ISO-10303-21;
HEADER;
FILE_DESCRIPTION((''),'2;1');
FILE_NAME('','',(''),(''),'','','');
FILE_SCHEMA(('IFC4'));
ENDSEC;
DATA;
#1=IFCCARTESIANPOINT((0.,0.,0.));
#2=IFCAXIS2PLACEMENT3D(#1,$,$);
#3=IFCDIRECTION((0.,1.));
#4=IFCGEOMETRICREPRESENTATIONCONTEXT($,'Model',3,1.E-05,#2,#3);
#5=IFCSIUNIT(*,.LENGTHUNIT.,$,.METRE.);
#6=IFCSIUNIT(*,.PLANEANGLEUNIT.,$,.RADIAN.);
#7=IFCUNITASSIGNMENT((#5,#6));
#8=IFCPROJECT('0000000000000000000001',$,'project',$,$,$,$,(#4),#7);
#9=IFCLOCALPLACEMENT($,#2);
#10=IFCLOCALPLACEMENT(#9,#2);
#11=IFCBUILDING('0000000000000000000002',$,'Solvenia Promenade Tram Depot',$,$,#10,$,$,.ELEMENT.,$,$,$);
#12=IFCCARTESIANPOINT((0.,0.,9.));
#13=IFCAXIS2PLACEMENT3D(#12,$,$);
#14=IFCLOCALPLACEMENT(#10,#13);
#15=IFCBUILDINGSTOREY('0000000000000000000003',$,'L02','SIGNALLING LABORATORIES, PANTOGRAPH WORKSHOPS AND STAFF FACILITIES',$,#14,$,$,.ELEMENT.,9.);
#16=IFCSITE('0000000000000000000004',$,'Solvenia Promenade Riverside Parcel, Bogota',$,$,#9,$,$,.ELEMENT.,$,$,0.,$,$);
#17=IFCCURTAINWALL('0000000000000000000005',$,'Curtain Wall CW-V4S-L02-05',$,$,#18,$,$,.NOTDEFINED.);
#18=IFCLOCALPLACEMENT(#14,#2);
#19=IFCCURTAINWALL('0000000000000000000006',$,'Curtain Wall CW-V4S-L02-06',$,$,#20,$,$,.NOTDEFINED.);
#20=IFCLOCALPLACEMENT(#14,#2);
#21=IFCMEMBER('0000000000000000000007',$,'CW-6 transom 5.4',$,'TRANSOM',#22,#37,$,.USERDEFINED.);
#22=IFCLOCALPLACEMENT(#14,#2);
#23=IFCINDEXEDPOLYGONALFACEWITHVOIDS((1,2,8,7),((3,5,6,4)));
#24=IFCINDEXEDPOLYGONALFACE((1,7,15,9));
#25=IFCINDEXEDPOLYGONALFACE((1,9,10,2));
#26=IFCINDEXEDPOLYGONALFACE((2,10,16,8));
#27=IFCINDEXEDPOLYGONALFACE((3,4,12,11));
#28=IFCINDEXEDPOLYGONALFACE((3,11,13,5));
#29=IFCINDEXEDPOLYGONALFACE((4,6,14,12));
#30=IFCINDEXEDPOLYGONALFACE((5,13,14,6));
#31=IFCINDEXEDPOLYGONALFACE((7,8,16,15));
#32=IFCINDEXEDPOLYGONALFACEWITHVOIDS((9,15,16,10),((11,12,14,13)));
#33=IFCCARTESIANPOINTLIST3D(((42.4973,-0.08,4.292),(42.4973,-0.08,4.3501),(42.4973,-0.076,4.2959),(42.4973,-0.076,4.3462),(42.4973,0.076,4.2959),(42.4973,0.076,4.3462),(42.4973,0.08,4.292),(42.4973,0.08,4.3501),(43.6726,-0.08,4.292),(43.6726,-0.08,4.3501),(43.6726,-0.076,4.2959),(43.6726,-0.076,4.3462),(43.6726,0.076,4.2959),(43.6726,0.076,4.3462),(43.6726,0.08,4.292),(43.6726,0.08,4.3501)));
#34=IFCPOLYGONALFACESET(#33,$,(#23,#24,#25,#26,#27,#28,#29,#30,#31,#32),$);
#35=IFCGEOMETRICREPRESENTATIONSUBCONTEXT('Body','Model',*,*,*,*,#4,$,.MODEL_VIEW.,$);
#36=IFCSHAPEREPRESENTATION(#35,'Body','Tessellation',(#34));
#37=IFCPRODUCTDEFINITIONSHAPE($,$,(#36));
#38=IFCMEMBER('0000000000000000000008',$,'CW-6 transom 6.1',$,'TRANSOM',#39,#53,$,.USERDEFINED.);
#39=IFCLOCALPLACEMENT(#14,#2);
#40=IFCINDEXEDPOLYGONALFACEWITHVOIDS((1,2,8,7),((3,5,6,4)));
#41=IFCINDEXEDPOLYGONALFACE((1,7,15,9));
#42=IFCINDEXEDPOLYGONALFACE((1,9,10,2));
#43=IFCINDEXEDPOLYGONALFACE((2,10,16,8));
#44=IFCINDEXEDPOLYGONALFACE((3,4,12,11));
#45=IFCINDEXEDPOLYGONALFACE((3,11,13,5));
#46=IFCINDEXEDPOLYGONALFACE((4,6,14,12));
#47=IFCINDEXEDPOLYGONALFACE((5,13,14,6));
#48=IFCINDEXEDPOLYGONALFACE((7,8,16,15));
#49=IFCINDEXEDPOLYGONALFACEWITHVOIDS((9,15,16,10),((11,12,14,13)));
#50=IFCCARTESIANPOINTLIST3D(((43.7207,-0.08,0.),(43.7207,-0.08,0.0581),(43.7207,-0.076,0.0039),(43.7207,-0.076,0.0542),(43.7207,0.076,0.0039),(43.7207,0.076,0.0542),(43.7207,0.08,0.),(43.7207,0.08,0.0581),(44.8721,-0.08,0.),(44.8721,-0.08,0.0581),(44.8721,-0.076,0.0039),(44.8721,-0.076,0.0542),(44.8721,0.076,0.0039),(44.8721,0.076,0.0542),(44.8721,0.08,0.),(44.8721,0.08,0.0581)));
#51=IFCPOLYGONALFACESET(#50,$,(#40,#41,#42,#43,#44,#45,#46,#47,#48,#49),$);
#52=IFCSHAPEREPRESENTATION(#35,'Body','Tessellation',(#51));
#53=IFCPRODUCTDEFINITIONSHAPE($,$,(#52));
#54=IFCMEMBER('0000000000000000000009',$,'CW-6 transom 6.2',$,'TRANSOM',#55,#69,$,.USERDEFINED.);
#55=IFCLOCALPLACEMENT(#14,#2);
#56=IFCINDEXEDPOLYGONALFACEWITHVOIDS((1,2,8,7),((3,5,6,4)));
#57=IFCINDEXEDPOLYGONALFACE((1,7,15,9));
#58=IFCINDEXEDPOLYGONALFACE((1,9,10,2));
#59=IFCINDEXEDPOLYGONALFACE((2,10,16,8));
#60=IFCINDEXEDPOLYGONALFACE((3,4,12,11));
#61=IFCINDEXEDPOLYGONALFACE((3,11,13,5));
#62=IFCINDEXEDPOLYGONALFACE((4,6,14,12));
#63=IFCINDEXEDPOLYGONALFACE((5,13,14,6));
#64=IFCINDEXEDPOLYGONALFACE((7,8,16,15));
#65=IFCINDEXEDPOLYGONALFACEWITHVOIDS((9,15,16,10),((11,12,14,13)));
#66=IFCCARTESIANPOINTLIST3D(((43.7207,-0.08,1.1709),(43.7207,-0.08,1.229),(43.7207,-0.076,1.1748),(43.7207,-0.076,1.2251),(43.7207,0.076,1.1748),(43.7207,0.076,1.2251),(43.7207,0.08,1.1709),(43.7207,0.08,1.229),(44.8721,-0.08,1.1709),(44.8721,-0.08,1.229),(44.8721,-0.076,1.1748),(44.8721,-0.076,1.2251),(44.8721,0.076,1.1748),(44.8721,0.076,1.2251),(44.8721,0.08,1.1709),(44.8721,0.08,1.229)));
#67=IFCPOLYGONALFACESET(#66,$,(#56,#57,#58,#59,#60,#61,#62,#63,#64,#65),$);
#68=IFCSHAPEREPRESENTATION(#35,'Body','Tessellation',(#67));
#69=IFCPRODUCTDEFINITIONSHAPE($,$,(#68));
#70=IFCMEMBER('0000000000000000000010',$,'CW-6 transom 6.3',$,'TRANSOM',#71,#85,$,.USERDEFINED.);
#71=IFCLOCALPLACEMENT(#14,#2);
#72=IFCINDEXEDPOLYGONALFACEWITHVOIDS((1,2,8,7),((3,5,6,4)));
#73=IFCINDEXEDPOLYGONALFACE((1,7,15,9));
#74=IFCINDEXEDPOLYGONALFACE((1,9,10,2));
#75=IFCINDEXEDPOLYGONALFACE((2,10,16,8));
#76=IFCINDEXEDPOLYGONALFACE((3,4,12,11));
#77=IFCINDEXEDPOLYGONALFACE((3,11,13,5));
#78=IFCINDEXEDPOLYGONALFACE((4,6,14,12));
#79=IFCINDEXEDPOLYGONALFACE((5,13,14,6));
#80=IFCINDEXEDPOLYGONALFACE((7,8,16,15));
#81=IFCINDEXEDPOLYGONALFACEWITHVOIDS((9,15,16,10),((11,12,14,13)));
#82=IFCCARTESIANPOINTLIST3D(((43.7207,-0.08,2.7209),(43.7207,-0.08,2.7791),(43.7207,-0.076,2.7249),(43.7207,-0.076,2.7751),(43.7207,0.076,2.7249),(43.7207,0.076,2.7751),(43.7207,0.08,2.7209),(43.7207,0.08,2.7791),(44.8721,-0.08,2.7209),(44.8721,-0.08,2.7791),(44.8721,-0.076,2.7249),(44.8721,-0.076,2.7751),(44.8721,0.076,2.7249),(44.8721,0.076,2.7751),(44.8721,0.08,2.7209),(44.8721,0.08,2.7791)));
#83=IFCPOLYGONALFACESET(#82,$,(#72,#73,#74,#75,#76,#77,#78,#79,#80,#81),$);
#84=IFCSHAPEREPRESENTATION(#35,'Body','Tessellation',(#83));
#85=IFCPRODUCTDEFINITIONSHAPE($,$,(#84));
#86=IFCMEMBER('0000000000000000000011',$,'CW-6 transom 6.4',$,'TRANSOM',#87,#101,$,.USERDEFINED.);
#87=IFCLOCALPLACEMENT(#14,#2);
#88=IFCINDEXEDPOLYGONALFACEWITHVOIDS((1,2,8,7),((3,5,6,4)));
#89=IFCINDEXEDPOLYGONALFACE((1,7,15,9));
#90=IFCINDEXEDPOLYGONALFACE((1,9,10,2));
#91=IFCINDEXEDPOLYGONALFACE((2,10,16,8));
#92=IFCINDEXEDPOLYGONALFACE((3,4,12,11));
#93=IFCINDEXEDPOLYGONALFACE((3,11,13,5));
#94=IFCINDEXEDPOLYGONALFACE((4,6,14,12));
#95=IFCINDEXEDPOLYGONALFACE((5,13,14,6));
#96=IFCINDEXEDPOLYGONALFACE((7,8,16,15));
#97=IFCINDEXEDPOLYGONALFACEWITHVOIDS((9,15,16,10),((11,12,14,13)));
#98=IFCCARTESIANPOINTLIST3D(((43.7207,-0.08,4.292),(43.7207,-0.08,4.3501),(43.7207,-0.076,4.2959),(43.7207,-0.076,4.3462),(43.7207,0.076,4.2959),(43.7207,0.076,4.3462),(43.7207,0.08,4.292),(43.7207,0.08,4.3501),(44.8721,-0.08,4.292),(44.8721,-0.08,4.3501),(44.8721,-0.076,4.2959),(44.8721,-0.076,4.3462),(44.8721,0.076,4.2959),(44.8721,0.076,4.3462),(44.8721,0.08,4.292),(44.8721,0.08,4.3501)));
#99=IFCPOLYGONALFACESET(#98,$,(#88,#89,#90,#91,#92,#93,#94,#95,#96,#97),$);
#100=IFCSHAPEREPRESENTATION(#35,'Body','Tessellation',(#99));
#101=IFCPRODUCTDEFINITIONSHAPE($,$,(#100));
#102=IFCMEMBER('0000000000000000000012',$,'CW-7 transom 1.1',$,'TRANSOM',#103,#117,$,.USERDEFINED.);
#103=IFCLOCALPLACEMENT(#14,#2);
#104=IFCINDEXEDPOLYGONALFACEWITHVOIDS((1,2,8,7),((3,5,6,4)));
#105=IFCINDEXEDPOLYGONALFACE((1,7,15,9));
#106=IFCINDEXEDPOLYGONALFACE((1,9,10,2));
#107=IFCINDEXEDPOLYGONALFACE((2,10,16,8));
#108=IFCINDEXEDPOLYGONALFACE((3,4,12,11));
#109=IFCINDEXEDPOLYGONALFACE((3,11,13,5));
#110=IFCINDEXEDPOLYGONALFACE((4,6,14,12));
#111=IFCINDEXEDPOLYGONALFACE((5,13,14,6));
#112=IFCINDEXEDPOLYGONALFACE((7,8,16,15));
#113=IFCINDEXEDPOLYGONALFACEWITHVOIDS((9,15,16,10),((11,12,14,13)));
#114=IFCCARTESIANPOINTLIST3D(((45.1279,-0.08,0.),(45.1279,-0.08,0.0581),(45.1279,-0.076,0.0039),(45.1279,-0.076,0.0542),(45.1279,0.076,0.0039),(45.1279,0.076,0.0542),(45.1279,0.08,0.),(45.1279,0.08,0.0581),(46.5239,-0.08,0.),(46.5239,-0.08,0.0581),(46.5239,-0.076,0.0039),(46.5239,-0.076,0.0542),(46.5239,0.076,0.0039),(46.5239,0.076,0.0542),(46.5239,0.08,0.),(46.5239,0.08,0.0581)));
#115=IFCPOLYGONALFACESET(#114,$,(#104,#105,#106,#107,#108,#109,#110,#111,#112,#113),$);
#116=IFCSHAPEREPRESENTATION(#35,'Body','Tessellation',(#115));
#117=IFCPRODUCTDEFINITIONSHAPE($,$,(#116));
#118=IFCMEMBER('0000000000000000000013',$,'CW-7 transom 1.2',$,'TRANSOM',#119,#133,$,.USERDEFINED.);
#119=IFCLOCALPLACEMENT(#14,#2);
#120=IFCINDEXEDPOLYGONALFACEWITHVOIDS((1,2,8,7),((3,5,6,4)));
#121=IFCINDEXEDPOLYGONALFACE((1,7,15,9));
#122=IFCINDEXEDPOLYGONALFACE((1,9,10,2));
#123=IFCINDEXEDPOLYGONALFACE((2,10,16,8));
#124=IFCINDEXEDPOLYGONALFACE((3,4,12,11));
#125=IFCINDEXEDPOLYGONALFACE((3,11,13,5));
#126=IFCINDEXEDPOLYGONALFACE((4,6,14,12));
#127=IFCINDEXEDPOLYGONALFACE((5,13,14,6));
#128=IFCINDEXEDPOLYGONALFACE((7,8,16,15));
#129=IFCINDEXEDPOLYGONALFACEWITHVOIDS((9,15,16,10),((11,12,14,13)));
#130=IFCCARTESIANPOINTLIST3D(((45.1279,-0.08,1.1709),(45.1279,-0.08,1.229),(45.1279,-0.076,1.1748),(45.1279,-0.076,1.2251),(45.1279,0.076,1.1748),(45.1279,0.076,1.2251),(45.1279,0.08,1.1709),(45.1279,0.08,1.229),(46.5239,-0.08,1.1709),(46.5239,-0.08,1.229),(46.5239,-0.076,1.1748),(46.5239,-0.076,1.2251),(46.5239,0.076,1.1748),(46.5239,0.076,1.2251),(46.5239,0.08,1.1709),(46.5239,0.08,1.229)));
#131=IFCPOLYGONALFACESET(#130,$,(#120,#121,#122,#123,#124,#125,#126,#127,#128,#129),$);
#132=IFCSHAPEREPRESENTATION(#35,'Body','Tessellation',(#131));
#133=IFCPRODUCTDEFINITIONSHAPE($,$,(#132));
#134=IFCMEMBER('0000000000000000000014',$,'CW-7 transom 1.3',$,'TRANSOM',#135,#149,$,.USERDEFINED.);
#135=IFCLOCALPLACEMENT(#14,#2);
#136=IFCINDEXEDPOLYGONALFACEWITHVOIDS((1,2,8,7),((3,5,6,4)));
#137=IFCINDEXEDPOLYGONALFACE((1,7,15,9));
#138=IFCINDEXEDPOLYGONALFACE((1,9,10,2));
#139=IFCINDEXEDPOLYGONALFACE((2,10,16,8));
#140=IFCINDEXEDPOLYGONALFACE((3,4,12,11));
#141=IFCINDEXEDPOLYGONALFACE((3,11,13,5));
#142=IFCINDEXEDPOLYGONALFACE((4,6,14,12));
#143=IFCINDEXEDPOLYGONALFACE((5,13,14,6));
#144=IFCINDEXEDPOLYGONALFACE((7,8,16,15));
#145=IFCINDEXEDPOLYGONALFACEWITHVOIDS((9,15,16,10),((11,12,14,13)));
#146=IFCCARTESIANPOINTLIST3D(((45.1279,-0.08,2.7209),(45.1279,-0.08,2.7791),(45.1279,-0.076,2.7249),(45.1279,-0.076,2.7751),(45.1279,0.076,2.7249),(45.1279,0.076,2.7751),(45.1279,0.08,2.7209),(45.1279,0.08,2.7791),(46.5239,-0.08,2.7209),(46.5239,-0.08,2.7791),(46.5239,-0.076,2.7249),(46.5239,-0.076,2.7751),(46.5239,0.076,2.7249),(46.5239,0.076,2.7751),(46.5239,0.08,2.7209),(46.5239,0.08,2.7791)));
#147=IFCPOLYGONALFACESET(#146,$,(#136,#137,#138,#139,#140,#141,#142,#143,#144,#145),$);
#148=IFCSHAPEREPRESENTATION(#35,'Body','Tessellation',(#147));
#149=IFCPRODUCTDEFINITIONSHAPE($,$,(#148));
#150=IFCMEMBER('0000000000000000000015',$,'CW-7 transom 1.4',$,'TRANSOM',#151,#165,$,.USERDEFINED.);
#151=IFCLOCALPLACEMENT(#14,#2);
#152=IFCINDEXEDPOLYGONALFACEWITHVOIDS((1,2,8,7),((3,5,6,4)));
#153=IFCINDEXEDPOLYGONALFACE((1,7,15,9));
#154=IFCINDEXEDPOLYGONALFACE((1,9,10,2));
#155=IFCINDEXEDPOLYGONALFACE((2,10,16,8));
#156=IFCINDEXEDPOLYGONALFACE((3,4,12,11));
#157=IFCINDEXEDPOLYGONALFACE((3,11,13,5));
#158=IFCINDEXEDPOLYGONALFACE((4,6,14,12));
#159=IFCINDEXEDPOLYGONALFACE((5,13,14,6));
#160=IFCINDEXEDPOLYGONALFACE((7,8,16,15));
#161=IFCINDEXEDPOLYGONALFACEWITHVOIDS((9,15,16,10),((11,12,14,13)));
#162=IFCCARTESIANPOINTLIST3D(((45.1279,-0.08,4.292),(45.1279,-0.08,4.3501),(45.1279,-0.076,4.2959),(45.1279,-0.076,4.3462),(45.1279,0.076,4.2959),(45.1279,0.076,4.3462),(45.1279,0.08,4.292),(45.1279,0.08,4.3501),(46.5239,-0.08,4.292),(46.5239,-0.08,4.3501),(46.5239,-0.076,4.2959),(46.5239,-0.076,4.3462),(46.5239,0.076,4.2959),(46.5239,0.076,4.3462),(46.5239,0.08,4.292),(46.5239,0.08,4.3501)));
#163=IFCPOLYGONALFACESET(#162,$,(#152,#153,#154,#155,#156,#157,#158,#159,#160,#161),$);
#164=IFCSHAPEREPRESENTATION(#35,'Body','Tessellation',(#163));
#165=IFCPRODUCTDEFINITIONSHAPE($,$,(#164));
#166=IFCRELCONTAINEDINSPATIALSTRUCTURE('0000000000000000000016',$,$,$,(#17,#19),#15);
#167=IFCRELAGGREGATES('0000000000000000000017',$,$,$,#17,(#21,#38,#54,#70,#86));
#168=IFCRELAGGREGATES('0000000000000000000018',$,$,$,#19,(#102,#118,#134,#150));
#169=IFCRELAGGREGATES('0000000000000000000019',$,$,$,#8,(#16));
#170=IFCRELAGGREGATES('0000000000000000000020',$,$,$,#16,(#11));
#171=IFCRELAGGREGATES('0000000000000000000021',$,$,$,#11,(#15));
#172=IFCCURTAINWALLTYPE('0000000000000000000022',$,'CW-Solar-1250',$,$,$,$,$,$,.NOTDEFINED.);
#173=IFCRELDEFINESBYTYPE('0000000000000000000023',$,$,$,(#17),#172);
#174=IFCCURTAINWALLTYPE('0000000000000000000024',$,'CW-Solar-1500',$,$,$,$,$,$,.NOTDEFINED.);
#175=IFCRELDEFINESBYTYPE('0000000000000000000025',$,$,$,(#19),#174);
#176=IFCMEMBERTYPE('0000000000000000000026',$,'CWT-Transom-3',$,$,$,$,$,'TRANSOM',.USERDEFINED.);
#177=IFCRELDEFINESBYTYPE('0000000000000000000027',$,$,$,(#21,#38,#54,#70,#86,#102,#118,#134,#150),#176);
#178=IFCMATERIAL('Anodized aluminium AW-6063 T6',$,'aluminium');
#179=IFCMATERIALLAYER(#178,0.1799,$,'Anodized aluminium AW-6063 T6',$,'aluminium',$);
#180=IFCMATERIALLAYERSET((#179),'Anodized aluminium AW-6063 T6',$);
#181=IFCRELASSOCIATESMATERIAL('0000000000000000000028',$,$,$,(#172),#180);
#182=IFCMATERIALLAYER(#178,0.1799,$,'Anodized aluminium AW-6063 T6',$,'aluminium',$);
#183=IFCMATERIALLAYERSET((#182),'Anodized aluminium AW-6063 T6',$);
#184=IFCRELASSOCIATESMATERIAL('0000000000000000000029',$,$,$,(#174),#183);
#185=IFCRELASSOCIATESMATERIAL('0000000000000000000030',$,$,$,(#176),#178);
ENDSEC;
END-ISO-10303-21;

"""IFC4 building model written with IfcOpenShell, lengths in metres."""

from ifc_helpers import new_model, si_unit, direction, frame, origin, origin_2d, place, context, subcontext, project, spatial, hollow_rectangle, extrude, material, layer, layer_set, material_profile, profile_set, type_object, element, aggregate, save


model = new_model("IFC4")

# Units and contexts
model_context = context("Model", 3, precision=1e-05, world=origin(), true_north=direction((0.0, 1.0)))
body_context = subcontext(model_context, "Body", "Model", "MODEL_VIEW")
ifc_project = project(units=[si_unit("LENGTHUNIT", "METRE"), si_unit("PLANEANGLEUNIT", "RADIAN")], contexts=[model_context])

# Site, building, storey
site_placement = place(None, origin())
site = spatial("IfcSite", under=ifc_project, at=site_placement, Name="Solvenia Promenade Riverside Parcel, Bogota", CompositionType="ELEMENT", RefElevation=0.0)
building_placement = place(site_placement, origin())
building = spatial("IfcBuilding", under=site, at=building_placement, Name="Solvenia Promenade Tram Depot", CompositionType="ELEMENT")
storey_placement = place(building_placement, frame((0.0, 0.0, 9.0)))
storey = spatial("IfcBuildingStorey", under=building, at=storey_placement, Name="L02", Description="SIGNALLING LABORATORIES, PANTOGRAPH WORKSHOPS AND STAFF FACILITIES", CompositionType="ELEMENT", Elevation=9.0)

# Curtain walls
ifc_material_1 = material(Name="Anodized aluminium AW-6063 T6", Category="aluminium")
ifc_layer_1 = layer(ifc_material_1, 0.1799, Name="Anodized aluminium AW-6063 T6", Category="aluminium")
ifc_layer_set_1 = layer_set([ifc_layer_1], Name="Anodized aluminium AW-6063 T6")
curtain_wall_type_1 = type_object("IfcCurtainWallType", Name="CW-Solar-1250", PredefinedType="NOTDEFINED", material=ifc_layer_set_1)
curtain_wall_1_placement = place(storey_placement, origin())
curtain_wall_1 = element("IfcCurtainWall", 1, at=curtain_wall_1_placement, inside=storey, type_object=curtain_wall_type_1, Name="Curtain Wall CW-V4S-L02-05", PredefinedType="NOTDEFINED")
ifc_layer_2 = layer(ifc_material_1, 0.1799, Name="Anodized aluminium AW-6063 T6", Category="aluminium")
ifc_layer_set_2 = layer_set([ifc_layer_2], Name="Anodized aluminium AW-6063 T6")
curtain_wall_type_2 = type_object("IfcCurtainWallType", Name="CW-Solar-1500", PredefinedType="NOTDEFINED", material=ifc_layer_set_2)
curtain_wall_2_placement = place(storey_placement, origin())
curtain_wall_2 = element("IfcCurtainWall", 2, at=curtain_wall_2_placement, inside=storey, type_object=curtain_wall_type_2, Name="Curtain Wall CW-V4S-L02-06", PredefinedType="NOTDEFINED")

# Members
ifc_material_profile_1 = material_profile(ifc_material_1, hollow_rectangle(XDim=0.1599, YDim=0.0581, WallThickness=0.0039, at=origin_2d()), Name="ALU-T3", Category="aluminium")
ifc_profile_set_1 = profile_set([ifc_material_profile_1], Name="Anodized aluminium AW-6063 T6")
member_type_1 = type_object("IfcMemberType", Name="CWT-Transom-3", ElementType="TRANSOM", PredefinedType="USERDEFINED", material=ifc_profile_set_1)
member_1_placement = place(storey_placement, frame((42.4973, 0.0, 4.321), z_axis=(1.0, 0.0, 0.0), x_axis=(0.0, 1.0, 0.0)))
member_1 = element("IfcMember", 3, at=member_1_placement, type_object=member_type_1, Name="CW-6 transom 5.4", ObjectType="TRANSOM", PredefinedType="USERDEFINED", context=body_context, shape_type="SweptSolid", body=[
    extrude(hollow_rectangle(XDim=0.1599, YDim=0.0581, WallThickness=0.0039, at=origin_2d()), origin(), (0.0, 0.0, 1.0), 1.1753),
])
member_2_placement = place(storey_placement, frame((43.7207, 0.0, 0.0291), z_axis=(1.0, 0.0, 0.0), x_axis=(0.0, 1.0, 0.0)))
member_2 = element("IfcMember", 4, at=member_2_placement, type_object=member_type_1, Name="CW-6 transom 6.1", ObjectType="TRANSOM", PredefinedType="USERDEFINED", context=body_context, shape_type="SweptSolid", body=[
    extrude(hollow_rectangle(XDim=0.1599, YDim=0.0581, WallThickness=0.0039, at=origin_2d()), origin(), (0.0, 0.0, 1.0), 1.1514),
])
member_3_placement = place(storey_placement, frame((43.7207, 0.0, 1.2), z_axis=(1.0, 0.0, 0.0), x_axis=(0.0, 1.0, 0.0)))
member_3 = element("IfcMember", 5, at=member_3_placement, type_object=member_type_1, Name="CW-6 transom 6.2", ObjectType="TRANSOM", PredefinedType="USERDEFINED", context=body_context, shape_type="SweptSolid", body=[
    extrude(hollow_rectangle(XDim=0.1599, YDim=0.0581, WallThickness=0.0039, at=origin_2d()), origin(), (0.0, 0.0, 1.0), 1.1514),
])
member_4_placement = place(storey_placement, frame((43.7207, 0.0, 2.75), z_axis=(1.0, 0.0, 0.0), x_axis=(0.0, 1.0, 0.0)))
member_4 = element("IfcMember", 6, at=member_4_placement, type_object=member_type_1, Name="CW-6 transom 6.3", ObjectType="TRANSOM", PredefinedType="USERDEFINED", context=body_context, shape_type="SweptSolid", body=[
    extrude(hollow_rectangle(XDim=0.1599, YDim=0.0581, WallThickness=0.0039, at=origin_2d()), origin(), (0.0, 0.0, 1.0), 1.1514),
])
member_5_placement = place(storey_placement, frame((43.7207, 0.0, 4.321), z_axis=(1.0, 0.0, 0.0), x_axis=(0.0, 1.0, 0.0)))
member_5 = element("IfcMember", 7, at=member_5_placement, type_object=member_type_1, Name="CW-6 transom 6.4", ObjectType="TRANSOM", PredefinedType="USERDEFINED", context=body_context, shape_type="SweptSolid", body=[
    extrude(hollow_rectangle(XDim=0.1599, YDim=0.0581, WallThickness=0.0039, at=origin_2d()), origin(), (0.0, 0.0, 1.0), 1.1514),
])
member_6_placement = place(storey_placement, frame((45.1279, 0.0, 0.0291), z_axis=(1.0, 0.0, 0.0), x_axis=(0.0, 1.0, 0.0)))
member_6 = element("IfcMember", 8, at=member_6_placement, type_object=member_type_1, Name="CW-7 transom 1.1", ObjectType="TRANSOM", PredefinedType="USERDEFINED", context=body_context, shape_type="SweptSolid", body=[
    extrude(hollow_rectangle(XDim=0.1599, YDim=0.0581, WallThickness=0.0039, at=origin_2d()), origin(), (0.0, 0.0, 1.0), 1.396),
])
member_7_placement = place(storey_placement, frame((45.1279, 0.0, 1.2), z_axis=(1.0, 0.0, 0.0), x_axis=(0.0, 1.0, 0.0)))
member_7 = element("IfcMember", 9, at=member_7_placement, type_object=member_type_1, Name="CW-7 transom 1.2", ObjectType="TRANSOM", PredefinedType="USERDEFINED", context=body_context, shape_type="SweptSolid", body=[
    extrude(hollow_rectangle(XDim=0.1599, YDim=0.0581, WallThickness=0.0039, at=origin_2d()), origin(), (0.0, 0.0, 1.0), 1.396),
])
member_8_placement = place(storey_placement, frame((45.1279, 0.0, 2.75), z_axis=(1.0, 0.0, 0.0), x_axis=(0.0, 1.0, 0.0)))
member_8 = element("IfcMember", 10, at=member_8_placement, type_object=member_type_1, Name="CW-7 transom 1.3", ObjectType="TRANSOM", PredefinedType="USERDEFINED", context=body_context, shape_type="SweptSolid", body=[
    extrude(hollow_rectangle(XDim=0.1599, YDim=0.0581, WallThickness=0.0039, at=origin_2d()), origin(), (0.0, 0.0, 1.0), 1.396),
])
member_9_placement = place(storey_placement, frame((45.1279, 0.0, 4.321), z_axis=(1.0, 0.0, 0.0), x_axis=(0.0, 1.0, 0.0)))
member_9 = element("IfcMember", 11, at=member_9_placement, type_object=member_type_1, Name="CW-7 transom 1.4", ObjectType="TRANSOM", PredefinedType="USERDEFINED", context=body_context, shape_type="SweptSolid", body=[
    extrude(hollow_rectangle(XDim=0.1599, YDim=0.0581, WallThickness=0.0039, at=origin_2d()), origin(), (0.0, 0.0, 1.0), 1.396),
])

aggregate(curtain_wall_1, [member_1, member_2, member_3, member_4, member_5])
aggregate(curtain_wall_2, [member_6, member_7, member_8, member_9])

save(model, "model.ifc")
